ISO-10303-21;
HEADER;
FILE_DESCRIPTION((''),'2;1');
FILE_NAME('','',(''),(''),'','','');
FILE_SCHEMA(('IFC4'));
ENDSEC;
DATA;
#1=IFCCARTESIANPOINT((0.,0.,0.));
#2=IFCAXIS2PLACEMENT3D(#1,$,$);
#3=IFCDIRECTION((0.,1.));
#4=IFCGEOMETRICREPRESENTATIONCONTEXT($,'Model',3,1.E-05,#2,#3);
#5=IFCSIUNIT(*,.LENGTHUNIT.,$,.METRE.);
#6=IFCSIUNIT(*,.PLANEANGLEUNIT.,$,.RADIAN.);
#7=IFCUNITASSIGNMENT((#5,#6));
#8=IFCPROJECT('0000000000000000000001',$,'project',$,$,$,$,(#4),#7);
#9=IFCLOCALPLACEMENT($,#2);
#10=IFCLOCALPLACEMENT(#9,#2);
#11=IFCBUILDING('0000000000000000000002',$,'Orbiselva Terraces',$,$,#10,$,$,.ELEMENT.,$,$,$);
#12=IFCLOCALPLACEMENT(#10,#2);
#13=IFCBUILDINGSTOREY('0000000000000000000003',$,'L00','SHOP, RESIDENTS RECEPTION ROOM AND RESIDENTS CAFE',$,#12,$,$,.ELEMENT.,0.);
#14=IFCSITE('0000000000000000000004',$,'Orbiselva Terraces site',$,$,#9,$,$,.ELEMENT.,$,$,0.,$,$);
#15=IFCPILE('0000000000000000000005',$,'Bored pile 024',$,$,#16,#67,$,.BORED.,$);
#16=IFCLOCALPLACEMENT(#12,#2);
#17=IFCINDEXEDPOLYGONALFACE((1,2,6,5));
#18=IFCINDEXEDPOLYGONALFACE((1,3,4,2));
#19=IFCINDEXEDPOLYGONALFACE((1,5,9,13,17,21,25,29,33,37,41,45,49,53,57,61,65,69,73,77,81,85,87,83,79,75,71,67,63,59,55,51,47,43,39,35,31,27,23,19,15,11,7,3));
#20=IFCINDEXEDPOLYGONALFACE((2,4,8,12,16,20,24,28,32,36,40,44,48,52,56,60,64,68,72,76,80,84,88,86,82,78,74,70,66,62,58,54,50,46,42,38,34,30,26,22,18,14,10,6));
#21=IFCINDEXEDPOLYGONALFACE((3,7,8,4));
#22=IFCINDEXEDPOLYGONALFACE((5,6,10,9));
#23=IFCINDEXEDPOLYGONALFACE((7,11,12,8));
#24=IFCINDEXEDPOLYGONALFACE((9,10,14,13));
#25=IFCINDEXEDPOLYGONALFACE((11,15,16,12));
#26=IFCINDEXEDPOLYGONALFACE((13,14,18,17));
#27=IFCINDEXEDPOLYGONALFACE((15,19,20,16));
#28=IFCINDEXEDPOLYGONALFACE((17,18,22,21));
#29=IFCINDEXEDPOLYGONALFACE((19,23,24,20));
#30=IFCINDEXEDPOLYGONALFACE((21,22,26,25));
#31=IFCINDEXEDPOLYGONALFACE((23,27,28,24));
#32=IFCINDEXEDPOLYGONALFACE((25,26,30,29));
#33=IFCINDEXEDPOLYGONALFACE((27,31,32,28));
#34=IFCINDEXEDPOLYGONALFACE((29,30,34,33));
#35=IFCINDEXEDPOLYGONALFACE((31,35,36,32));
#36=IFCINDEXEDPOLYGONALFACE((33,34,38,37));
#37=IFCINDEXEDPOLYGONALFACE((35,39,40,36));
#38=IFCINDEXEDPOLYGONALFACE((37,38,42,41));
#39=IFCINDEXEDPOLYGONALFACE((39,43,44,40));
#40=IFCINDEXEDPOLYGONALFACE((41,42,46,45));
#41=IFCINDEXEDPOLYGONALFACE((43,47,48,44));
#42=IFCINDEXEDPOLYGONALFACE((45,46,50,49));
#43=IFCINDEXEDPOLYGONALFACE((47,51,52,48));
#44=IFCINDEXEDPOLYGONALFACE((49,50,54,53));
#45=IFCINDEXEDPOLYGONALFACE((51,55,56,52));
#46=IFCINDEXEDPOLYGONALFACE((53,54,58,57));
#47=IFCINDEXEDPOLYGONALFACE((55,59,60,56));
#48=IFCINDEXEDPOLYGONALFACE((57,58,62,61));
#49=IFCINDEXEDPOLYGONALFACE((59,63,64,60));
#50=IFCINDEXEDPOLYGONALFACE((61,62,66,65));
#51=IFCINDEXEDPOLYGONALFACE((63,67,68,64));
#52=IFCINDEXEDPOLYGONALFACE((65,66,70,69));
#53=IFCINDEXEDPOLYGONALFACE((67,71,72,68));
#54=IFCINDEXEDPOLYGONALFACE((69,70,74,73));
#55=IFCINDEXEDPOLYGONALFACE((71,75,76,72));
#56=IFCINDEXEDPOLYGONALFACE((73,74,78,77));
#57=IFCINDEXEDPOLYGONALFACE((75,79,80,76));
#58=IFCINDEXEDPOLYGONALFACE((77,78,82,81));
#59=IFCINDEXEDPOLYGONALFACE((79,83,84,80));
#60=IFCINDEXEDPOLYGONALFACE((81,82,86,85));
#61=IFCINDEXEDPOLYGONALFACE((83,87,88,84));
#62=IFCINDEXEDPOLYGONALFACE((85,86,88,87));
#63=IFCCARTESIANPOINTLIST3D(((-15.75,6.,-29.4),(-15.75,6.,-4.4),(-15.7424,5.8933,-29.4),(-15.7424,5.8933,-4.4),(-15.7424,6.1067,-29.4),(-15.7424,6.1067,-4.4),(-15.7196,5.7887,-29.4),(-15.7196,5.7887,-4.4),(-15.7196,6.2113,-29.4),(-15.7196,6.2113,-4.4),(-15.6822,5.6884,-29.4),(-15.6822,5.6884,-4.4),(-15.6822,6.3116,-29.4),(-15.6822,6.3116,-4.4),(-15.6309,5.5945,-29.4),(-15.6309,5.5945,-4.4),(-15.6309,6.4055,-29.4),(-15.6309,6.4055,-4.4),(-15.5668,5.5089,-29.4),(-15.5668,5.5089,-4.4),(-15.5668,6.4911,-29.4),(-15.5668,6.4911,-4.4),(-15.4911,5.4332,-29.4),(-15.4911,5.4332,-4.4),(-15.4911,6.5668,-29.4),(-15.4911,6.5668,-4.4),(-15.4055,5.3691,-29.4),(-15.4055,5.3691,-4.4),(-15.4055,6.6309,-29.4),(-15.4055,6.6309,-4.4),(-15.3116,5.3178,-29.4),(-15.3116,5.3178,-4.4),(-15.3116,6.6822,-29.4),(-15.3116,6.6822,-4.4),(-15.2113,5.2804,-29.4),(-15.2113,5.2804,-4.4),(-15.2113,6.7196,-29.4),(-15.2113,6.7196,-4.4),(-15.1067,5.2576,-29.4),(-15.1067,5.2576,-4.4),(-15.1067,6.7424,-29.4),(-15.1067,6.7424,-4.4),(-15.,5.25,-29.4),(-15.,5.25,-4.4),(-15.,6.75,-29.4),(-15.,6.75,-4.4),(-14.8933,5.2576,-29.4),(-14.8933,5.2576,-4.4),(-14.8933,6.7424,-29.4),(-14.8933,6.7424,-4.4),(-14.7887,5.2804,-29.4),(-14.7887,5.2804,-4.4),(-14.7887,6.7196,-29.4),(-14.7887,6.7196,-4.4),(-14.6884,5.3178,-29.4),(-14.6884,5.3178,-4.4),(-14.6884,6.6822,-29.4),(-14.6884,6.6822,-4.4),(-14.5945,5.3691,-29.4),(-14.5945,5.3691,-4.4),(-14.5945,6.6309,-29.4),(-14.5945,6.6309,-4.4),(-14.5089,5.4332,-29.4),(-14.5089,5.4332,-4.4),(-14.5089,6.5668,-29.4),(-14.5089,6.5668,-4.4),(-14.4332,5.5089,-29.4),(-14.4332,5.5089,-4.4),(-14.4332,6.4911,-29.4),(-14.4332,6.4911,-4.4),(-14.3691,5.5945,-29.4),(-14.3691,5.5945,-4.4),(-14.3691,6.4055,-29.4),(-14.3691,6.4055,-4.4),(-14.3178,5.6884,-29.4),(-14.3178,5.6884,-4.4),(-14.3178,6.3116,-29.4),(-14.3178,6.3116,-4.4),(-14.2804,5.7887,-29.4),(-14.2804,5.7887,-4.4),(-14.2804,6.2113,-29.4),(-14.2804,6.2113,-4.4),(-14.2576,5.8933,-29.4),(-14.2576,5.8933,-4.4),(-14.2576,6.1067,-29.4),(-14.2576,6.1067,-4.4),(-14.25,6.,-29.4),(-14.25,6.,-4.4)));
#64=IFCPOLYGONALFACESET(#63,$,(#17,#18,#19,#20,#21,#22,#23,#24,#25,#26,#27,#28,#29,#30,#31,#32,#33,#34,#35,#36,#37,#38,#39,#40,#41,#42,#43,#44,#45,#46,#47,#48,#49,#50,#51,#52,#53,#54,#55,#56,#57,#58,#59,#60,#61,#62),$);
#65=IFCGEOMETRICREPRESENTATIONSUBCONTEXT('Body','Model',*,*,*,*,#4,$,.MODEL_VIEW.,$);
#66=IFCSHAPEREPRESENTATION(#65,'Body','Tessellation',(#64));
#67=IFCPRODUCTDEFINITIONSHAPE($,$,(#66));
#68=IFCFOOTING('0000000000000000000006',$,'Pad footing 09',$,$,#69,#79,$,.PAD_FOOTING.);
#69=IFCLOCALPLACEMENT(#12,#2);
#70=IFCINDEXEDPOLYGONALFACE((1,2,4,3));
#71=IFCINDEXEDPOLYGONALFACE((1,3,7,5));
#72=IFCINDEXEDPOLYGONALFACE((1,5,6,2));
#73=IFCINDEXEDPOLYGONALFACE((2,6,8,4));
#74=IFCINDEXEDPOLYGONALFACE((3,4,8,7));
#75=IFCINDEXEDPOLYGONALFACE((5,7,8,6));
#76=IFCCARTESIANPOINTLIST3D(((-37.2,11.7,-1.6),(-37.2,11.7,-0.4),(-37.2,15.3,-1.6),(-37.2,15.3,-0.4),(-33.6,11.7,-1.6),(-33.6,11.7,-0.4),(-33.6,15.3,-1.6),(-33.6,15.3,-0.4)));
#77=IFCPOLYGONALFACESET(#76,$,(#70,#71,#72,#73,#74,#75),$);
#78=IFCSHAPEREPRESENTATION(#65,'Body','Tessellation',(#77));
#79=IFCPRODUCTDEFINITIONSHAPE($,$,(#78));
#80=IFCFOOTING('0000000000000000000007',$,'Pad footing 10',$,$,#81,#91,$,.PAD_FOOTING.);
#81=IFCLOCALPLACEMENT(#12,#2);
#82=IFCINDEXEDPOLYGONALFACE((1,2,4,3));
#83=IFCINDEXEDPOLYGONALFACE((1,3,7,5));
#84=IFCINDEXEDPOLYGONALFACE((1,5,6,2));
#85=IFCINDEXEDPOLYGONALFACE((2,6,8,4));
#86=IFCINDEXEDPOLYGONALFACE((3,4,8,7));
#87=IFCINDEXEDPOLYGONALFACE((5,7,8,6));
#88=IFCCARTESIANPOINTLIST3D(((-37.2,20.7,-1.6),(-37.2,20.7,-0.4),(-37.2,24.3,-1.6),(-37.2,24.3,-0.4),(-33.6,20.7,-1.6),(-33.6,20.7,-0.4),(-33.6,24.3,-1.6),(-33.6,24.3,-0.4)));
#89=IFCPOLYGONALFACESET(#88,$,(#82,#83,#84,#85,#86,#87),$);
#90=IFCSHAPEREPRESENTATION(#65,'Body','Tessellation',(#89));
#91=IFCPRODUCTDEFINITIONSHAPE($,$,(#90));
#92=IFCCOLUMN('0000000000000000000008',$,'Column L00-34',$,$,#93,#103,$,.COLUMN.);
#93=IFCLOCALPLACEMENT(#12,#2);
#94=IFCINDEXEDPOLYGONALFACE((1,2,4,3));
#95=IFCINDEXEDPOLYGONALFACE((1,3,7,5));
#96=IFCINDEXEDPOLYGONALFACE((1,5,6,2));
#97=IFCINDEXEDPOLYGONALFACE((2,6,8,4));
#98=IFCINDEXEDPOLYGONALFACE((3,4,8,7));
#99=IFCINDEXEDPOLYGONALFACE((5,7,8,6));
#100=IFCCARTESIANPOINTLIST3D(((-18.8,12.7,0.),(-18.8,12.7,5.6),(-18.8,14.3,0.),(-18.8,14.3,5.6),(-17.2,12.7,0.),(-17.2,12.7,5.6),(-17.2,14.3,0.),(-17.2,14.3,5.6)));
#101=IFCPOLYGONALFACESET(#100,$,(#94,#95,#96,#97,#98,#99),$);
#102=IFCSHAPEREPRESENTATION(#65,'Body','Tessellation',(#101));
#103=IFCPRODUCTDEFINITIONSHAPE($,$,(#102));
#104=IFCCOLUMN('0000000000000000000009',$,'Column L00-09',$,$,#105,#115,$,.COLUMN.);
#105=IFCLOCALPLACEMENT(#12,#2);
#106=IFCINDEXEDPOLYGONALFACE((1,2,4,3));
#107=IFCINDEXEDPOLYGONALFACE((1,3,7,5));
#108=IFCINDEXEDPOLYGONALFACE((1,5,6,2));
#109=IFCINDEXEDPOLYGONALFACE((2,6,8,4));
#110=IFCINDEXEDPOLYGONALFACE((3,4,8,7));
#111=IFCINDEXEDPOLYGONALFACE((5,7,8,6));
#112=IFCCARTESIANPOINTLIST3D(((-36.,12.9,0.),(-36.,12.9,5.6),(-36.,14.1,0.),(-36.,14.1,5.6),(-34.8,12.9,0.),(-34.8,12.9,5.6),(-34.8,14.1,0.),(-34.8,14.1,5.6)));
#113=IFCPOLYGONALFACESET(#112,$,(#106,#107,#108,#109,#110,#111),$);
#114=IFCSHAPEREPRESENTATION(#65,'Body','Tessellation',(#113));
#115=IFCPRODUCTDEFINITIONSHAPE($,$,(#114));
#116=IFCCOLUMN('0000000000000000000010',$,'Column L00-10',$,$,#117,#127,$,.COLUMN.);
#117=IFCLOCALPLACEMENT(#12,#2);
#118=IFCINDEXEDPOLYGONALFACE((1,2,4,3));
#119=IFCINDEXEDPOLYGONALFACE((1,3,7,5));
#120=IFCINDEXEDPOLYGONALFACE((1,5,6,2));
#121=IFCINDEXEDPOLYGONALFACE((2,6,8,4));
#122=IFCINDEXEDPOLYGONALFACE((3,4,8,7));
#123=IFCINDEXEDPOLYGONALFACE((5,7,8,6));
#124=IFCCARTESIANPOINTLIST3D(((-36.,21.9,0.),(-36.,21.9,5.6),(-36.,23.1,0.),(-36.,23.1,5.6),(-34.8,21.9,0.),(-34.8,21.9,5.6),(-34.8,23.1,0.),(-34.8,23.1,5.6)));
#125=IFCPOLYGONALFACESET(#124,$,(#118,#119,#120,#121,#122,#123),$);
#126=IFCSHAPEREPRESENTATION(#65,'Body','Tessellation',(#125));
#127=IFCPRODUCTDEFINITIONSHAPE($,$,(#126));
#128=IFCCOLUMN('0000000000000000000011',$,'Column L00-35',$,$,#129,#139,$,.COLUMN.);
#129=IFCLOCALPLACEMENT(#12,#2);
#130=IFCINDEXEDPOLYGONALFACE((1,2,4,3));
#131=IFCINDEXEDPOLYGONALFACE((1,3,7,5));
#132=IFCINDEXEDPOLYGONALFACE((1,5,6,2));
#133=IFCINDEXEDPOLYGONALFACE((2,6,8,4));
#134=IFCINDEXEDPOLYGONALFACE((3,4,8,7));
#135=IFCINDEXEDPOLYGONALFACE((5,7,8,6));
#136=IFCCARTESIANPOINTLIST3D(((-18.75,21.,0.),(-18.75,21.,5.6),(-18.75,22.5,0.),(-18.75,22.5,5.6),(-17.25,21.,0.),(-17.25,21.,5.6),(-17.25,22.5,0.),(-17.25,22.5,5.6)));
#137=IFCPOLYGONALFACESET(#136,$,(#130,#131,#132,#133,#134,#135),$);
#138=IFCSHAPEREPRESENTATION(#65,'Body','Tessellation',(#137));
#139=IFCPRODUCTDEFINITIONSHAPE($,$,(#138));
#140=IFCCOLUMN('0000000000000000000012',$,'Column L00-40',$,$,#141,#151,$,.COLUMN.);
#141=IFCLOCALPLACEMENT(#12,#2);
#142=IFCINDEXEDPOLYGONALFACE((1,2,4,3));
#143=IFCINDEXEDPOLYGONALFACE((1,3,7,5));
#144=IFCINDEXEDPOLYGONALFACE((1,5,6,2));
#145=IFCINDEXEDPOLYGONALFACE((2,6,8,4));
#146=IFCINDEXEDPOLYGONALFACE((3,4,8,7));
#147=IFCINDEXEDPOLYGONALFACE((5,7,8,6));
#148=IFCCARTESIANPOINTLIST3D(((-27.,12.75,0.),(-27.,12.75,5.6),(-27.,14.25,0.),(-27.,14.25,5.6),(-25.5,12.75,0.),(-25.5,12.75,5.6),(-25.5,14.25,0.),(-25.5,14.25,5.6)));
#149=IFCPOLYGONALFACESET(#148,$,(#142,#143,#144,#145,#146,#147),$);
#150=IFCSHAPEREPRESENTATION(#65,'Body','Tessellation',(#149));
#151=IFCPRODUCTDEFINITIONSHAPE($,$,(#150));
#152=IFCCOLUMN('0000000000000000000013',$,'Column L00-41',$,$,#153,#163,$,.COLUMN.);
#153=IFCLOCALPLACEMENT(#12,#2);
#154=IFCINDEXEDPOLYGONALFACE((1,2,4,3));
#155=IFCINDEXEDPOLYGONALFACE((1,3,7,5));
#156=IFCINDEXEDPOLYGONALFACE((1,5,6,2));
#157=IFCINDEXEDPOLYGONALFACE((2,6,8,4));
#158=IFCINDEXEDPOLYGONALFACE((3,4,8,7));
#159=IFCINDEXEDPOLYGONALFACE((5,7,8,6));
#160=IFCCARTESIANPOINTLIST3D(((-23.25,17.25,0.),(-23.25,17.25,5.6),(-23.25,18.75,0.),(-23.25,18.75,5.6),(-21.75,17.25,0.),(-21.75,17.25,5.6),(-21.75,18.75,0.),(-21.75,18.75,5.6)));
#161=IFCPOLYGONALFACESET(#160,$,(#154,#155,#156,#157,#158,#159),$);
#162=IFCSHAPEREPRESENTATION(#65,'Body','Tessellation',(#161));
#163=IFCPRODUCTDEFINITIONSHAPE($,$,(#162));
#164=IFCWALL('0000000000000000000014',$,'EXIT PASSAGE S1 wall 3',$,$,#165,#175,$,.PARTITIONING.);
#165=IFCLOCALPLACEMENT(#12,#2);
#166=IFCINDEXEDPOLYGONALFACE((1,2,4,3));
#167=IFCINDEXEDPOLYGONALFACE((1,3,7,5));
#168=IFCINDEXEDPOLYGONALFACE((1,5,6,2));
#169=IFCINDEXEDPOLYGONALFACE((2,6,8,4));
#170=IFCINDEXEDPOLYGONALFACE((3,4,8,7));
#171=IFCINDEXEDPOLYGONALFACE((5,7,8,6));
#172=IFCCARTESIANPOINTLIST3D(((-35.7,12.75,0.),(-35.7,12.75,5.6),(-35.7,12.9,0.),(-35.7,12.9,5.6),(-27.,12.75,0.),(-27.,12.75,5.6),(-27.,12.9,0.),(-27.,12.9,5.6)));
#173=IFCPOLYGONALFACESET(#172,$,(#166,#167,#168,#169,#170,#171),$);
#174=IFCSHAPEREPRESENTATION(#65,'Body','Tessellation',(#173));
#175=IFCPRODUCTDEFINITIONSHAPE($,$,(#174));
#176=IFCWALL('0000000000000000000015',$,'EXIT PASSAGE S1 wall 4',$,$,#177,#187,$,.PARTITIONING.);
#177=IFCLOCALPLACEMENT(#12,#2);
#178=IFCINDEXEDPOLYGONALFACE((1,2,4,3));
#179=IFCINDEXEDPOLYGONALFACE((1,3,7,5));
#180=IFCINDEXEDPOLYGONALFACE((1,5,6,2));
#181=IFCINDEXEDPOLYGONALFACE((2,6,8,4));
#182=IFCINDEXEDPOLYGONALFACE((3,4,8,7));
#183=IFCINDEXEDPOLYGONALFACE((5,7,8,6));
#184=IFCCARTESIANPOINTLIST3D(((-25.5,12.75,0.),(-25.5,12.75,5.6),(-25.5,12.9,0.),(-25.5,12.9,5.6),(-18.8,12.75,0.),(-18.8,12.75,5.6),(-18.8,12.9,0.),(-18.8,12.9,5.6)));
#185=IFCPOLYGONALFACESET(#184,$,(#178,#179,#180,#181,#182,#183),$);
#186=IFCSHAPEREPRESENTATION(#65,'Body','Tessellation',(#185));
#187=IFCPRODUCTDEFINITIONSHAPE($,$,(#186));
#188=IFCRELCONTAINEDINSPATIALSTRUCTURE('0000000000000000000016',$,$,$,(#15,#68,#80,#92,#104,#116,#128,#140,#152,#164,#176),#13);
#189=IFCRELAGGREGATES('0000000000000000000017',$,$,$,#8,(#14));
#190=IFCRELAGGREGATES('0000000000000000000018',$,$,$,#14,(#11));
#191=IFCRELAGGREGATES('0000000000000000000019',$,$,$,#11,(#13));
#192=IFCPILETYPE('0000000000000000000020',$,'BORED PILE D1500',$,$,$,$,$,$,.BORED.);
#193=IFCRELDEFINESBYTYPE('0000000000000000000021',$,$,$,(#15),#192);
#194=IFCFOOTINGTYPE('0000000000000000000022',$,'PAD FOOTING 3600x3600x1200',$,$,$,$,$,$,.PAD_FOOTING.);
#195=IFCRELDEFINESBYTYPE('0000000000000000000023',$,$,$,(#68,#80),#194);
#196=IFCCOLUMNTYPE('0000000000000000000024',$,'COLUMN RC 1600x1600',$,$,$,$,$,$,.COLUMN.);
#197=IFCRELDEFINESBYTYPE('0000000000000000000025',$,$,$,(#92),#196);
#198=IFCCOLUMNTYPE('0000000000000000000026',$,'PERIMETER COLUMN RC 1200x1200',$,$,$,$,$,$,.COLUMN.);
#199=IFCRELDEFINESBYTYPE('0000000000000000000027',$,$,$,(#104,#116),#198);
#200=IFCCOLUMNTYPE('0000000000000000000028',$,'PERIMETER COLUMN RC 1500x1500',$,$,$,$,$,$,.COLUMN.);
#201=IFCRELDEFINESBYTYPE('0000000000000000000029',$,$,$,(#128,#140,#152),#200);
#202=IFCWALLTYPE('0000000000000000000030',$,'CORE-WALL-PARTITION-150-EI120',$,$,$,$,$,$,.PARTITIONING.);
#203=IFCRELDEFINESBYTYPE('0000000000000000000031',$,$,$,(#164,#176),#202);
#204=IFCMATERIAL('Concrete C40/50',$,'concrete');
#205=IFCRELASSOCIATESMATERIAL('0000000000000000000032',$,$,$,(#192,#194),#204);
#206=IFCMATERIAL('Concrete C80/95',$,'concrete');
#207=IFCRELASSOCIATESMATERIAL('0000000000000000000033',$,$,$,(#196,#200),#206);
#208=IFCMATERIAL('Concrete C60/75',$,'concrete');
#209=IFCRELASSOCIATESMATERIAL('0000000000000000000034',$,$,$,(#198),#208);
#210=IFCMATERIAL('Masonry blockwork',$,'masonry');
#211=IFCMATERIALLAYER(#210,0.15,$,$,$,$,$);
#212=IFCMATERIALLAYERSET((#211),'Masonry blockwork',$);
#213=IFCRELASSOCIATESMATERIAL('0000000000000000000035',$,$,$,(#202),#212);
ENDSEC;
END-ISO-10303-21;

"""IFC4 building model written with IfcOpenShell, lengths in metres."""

from ifc_helpers import new_model, si_unit, direction, frame, frame_2d, origin, origin_2d, place, context, subcontext, project, spatial, rectangle, circle, extrude, material, layer, layer_set, material_profile, profile_set, type_object, element, save


model = new_model("IFC4")

# Units and contexts
model_context = context("Model", 3, precision=1e-05, world=origin(), true_north=direction((0.0, 1.0)))
body_context = subcontext(model_context, "Body", "Model", "MODEL_VIEW")
ifc_project = project(units=[si_unit("LENGTHUNIT", "METRE"), si_unit("PLANEANGLEUNIT", "RADIAN")], contexts=[model_context])

# Site, building, storey
site_placement = place(None, origin())
site = spatial("IfcSite", under=ifc_project, at=site_placement, Name="Orbiselva Terraces site", CompositionType="ELEMENT", RefElevation=0.0)
building_placement = place(site_placement, origin())
building = spatial("IfcBuilding", under=site, at=building_placement, Name="Orbiselva Terraces", CompositionType="ELEMENT")
storey_placement = place(building_placement, origin())
storey = spatial("IfcBuildingStorey", under=building, at=storey_placement, Name="L00", Description="SHOP, RESIDENTS RECEPTION ROOM AND RESIDENTS CAFE", CompositionType="ELEMENT", Elevation=0.0)

# Pile
ifc_material_1 = material(Name="Concrete C40/50", Category="concrete")
ifc_material_profile_1 = material_profile(ifc_material_1, circle(Radius=0.75, at=origin_2d()), Name="D1500")
ifc_profile_set_1 = profile_set([ifc_material_profile_1], Name="Concrete C40/50")
pile_type = type_object("IfcPileType", Name="BORED PILE D1500", PredefinedType="BORED", material=ifc_profile_set_1)
for number, where, z_axis, x_axis, name in (
    (1, (-15.0, 6.0, -4.4), (0.0, 0.0, -1.0), (1.0, 0.0, 0.0), "Bored pile 024"),
):
    element("IfcPile", number, at=place(storey_placement, frame(where, z_axis=z_axis, x_axis=x_axis)), inside=storey, type_object=pile_type, Name=name, PredefinedType="BORED", context=body_context, shape_type="SweptSolid", body=[
        extrude(circle(Radius=0.75, at=origin_2d()), origin(), (0.0, 0.0, 1.0), 25.0),
    ])

# Footings
footing_type = type_object("IfcFootingType", Name="PAD FOOTING 3600x3600x1200", PredefinedType="PAD_FOOTING", material=ifc_material_1)
for number, where, z_axis, x_axis, name in (
    (2, (-35.4, 13.5, -1.6), (0.0, 0.0, 1.0), (1.0, 0.0, 0.0), "Pad footing 09"),
    (3, (-35.4, 22.5, -1.6), (0.0, 0.0, 1.0), (1.0, 0.0, 0.0), "Pad footing 10"),
):
    element("IfcFooting", number, at=place(storey_placement, frame(where, z_axis=z_axis, x_axis=x_axis)), inside=storey, type_object=footing_type, Name=name, PredefinedType="PAD_FOOTING", context=body_context, shape_type="SweptSolid", body=[
        extrude(rectangle(XDim=3.6, YDim=3.6, at=origin_2d()), origin(), (0.0, 0.0, 1.0), 1.2),
    ])

# Columns
ifc_material_2 = material(Name="Concrete C80/95", Category="concrete")
ifc_material_profile_2 = material_profile(ifc_material_2, rectangle(XDim=1.6, YDim=1.6, at=origin_2d()), Name="RC 1600x1600")
ifc_profile_set_2 = profile_set([ifc_material_profile_2], Name="Concrete C80/95")
column_type_1 = type_object("IfcColumnType", Name="COLUMN RC 1600x1600", PredefinedType="COLUMN", material=ifc_profile_set_2)
column_placement = place(storey_placement, frame((-18.0, 13.5, 0.0), z_axis=(0.0, 0.0, 1.0), x_axis=(1.0, 0.0, 0.0)))
element("IfcColumn", 4, at=column_placement, inside=storey, type_object=column_type_1, Name="Column L00-34", PredefinedType="COLUMN", context=body_context, shape_type="SweptSolid", body=[
    extrude(rectangle(XDim=1.6, YDim=1.6, at=origin_2d()), origin(), (0.0, 0.0, 1.0), 5.6),
])
ifc_material_3 = material(Name="Concrete C60/75", Category="concrete")
ifc_material_profile_3 = material_profile(ifc_material_3, rectangle(XDim=1.2, YDim=1.2, at=origin_2d()), Name="RC 1200x1200")
ifc_profile_set_3 = profile_set([ifc_material_profile_3], Name="Concrete C60/75")
column_type_2 = type_object("IfcColumnType", Name="PERIMETER COLUMN RC 1200x1200", PredefinedType="COLUMN", material=ifc_profile_set_3)
for number, where, z_axis, x_axis, name in (
    (5, (-35.4, 13.5, 0.0), (0.0, 0.0, 1.0), (1.0, 0.0, 0.0), "Column L00-09"),
    (6, (-35.4, 22.5, 0.0), (0.0, 0.0, 1.0), (1.0, 0.0, 0.0), "Column L00-10"),
):
    element("IfcColumn", number, at=place(storey_placement, frame(where, z_axis=z_axis, x_axis=x_axis)), inside=storey, type_object=column_type_2, Name=name, PredefinedType="COLUMN", context=body_context, shape_type="SweptSolid", body=[
        extrude(rectangle(XDim=1.2, YDim=1.2, at=origin_2d()), origin(), (0.0, 0.0, 1.0), 5.6),
    ])
ifc_material_profile_4 = material_profile(ifc_material_2, rectangle(XDim=1.5, YDim=1.5, at=origin_2d()), Name="RC 1500x1500")
ifc_profile_set_4 = profile_set([ifc_material_profile_4], Name="Concrete C80/95")
column_type_3 = type_object("IfcColumnType", Name="PERIMETER COLUMN RC 1500x1500", PredefinedType="COLUMN", material=ifc_profile_set_4)
for number, where, z_axis, x_axis, name in (
    (7, (-18.0, 21.75, 0.0), (0.0, 0.0, 1.0), (1.0, 0.0, 0.0), "Column L00-35"),
    (8, (-26.25, 13.5, 0.0), (0.0, 0.0, 1.0), (1.0, 0.0, 0.0), "Column L00-40"),
    (9, (-22.5, 18.0, 0.0), (0.0, 0.0, 1.0), (1.0, 0.0, 0.0), "Column L00-41"),
):
    element("IfcColumn", number, at=place(storey_placement, frame(where, z_axis=z_axis, x_axis=x_axis)), inside=storey, type_object=column_type_3, Name=name, PredefinedType="COLUMN", context=body_context, shape_type="SweptSolid", body=[
        extrude(rectangle(XDim=1.5, YDim=1.5, at=origin_2d()), origin(), (0.0, 0.0, 1.0), 5.6),
    ])

# Walls
ifc_material_4 = material(Name="Masonry blockwork", Category="masonry")
ifc_layer_1 = layer(ifc_material_4, 0.15)
ifc_layer_set_1 = layer_set([ifc_layer_1], Name="Masonry blockwork")
wall_type_1 = type_object("IfcWallType", Name="CORE-WALL-PARTITION-150-EI120", PredefinedType="PARTITIONING", material=ifc_layer_set_1)
wall_1_placement = place(storey_placement, frame((-35.7, 12.825, 0.0), z_axis=(0.0, 0.0, 1.0), x_axis=(1.0, 0.0, 0.0)))
element("IfcWall", 10, at=wall_1_placement, inside=storey, type_object=wall_type_1, Name="EXIT PASSAGE S1 wall 3", PredefinedType="PARTITIONING", context=body_context, shape_type="SweptSolid", body=[
    extrude(rectangle(XDim=8.7, YDim=0.15, at=frame_2d((4.35, 0.0))), origin(), (0.0, 0.0, 1.0), 5.6),
])
wall_2_placement = place(storey_placement, frame((-25.5, 12.825, 0.0), z_axis=(0.0, 0.0, 1.0), x_axis=(1.0, 0.0, 0.0)))
element("IfcWall", 11, at=wall_2_placement, inside=storey, type_object=wall_type_1, Name="EXIT PASSAGE S1 wall 4", PredefinedType="PARTITIONING", context=body_context, shape_type="SweptSolid", body=[
    extrude(rectangle(XDim=6.7, YDim=0.15, at=frame_2d((3.35, 0.0))), origin(), (0.0, 0.0, 1.0), 5.6),
])

save(model, "model.ifc")
